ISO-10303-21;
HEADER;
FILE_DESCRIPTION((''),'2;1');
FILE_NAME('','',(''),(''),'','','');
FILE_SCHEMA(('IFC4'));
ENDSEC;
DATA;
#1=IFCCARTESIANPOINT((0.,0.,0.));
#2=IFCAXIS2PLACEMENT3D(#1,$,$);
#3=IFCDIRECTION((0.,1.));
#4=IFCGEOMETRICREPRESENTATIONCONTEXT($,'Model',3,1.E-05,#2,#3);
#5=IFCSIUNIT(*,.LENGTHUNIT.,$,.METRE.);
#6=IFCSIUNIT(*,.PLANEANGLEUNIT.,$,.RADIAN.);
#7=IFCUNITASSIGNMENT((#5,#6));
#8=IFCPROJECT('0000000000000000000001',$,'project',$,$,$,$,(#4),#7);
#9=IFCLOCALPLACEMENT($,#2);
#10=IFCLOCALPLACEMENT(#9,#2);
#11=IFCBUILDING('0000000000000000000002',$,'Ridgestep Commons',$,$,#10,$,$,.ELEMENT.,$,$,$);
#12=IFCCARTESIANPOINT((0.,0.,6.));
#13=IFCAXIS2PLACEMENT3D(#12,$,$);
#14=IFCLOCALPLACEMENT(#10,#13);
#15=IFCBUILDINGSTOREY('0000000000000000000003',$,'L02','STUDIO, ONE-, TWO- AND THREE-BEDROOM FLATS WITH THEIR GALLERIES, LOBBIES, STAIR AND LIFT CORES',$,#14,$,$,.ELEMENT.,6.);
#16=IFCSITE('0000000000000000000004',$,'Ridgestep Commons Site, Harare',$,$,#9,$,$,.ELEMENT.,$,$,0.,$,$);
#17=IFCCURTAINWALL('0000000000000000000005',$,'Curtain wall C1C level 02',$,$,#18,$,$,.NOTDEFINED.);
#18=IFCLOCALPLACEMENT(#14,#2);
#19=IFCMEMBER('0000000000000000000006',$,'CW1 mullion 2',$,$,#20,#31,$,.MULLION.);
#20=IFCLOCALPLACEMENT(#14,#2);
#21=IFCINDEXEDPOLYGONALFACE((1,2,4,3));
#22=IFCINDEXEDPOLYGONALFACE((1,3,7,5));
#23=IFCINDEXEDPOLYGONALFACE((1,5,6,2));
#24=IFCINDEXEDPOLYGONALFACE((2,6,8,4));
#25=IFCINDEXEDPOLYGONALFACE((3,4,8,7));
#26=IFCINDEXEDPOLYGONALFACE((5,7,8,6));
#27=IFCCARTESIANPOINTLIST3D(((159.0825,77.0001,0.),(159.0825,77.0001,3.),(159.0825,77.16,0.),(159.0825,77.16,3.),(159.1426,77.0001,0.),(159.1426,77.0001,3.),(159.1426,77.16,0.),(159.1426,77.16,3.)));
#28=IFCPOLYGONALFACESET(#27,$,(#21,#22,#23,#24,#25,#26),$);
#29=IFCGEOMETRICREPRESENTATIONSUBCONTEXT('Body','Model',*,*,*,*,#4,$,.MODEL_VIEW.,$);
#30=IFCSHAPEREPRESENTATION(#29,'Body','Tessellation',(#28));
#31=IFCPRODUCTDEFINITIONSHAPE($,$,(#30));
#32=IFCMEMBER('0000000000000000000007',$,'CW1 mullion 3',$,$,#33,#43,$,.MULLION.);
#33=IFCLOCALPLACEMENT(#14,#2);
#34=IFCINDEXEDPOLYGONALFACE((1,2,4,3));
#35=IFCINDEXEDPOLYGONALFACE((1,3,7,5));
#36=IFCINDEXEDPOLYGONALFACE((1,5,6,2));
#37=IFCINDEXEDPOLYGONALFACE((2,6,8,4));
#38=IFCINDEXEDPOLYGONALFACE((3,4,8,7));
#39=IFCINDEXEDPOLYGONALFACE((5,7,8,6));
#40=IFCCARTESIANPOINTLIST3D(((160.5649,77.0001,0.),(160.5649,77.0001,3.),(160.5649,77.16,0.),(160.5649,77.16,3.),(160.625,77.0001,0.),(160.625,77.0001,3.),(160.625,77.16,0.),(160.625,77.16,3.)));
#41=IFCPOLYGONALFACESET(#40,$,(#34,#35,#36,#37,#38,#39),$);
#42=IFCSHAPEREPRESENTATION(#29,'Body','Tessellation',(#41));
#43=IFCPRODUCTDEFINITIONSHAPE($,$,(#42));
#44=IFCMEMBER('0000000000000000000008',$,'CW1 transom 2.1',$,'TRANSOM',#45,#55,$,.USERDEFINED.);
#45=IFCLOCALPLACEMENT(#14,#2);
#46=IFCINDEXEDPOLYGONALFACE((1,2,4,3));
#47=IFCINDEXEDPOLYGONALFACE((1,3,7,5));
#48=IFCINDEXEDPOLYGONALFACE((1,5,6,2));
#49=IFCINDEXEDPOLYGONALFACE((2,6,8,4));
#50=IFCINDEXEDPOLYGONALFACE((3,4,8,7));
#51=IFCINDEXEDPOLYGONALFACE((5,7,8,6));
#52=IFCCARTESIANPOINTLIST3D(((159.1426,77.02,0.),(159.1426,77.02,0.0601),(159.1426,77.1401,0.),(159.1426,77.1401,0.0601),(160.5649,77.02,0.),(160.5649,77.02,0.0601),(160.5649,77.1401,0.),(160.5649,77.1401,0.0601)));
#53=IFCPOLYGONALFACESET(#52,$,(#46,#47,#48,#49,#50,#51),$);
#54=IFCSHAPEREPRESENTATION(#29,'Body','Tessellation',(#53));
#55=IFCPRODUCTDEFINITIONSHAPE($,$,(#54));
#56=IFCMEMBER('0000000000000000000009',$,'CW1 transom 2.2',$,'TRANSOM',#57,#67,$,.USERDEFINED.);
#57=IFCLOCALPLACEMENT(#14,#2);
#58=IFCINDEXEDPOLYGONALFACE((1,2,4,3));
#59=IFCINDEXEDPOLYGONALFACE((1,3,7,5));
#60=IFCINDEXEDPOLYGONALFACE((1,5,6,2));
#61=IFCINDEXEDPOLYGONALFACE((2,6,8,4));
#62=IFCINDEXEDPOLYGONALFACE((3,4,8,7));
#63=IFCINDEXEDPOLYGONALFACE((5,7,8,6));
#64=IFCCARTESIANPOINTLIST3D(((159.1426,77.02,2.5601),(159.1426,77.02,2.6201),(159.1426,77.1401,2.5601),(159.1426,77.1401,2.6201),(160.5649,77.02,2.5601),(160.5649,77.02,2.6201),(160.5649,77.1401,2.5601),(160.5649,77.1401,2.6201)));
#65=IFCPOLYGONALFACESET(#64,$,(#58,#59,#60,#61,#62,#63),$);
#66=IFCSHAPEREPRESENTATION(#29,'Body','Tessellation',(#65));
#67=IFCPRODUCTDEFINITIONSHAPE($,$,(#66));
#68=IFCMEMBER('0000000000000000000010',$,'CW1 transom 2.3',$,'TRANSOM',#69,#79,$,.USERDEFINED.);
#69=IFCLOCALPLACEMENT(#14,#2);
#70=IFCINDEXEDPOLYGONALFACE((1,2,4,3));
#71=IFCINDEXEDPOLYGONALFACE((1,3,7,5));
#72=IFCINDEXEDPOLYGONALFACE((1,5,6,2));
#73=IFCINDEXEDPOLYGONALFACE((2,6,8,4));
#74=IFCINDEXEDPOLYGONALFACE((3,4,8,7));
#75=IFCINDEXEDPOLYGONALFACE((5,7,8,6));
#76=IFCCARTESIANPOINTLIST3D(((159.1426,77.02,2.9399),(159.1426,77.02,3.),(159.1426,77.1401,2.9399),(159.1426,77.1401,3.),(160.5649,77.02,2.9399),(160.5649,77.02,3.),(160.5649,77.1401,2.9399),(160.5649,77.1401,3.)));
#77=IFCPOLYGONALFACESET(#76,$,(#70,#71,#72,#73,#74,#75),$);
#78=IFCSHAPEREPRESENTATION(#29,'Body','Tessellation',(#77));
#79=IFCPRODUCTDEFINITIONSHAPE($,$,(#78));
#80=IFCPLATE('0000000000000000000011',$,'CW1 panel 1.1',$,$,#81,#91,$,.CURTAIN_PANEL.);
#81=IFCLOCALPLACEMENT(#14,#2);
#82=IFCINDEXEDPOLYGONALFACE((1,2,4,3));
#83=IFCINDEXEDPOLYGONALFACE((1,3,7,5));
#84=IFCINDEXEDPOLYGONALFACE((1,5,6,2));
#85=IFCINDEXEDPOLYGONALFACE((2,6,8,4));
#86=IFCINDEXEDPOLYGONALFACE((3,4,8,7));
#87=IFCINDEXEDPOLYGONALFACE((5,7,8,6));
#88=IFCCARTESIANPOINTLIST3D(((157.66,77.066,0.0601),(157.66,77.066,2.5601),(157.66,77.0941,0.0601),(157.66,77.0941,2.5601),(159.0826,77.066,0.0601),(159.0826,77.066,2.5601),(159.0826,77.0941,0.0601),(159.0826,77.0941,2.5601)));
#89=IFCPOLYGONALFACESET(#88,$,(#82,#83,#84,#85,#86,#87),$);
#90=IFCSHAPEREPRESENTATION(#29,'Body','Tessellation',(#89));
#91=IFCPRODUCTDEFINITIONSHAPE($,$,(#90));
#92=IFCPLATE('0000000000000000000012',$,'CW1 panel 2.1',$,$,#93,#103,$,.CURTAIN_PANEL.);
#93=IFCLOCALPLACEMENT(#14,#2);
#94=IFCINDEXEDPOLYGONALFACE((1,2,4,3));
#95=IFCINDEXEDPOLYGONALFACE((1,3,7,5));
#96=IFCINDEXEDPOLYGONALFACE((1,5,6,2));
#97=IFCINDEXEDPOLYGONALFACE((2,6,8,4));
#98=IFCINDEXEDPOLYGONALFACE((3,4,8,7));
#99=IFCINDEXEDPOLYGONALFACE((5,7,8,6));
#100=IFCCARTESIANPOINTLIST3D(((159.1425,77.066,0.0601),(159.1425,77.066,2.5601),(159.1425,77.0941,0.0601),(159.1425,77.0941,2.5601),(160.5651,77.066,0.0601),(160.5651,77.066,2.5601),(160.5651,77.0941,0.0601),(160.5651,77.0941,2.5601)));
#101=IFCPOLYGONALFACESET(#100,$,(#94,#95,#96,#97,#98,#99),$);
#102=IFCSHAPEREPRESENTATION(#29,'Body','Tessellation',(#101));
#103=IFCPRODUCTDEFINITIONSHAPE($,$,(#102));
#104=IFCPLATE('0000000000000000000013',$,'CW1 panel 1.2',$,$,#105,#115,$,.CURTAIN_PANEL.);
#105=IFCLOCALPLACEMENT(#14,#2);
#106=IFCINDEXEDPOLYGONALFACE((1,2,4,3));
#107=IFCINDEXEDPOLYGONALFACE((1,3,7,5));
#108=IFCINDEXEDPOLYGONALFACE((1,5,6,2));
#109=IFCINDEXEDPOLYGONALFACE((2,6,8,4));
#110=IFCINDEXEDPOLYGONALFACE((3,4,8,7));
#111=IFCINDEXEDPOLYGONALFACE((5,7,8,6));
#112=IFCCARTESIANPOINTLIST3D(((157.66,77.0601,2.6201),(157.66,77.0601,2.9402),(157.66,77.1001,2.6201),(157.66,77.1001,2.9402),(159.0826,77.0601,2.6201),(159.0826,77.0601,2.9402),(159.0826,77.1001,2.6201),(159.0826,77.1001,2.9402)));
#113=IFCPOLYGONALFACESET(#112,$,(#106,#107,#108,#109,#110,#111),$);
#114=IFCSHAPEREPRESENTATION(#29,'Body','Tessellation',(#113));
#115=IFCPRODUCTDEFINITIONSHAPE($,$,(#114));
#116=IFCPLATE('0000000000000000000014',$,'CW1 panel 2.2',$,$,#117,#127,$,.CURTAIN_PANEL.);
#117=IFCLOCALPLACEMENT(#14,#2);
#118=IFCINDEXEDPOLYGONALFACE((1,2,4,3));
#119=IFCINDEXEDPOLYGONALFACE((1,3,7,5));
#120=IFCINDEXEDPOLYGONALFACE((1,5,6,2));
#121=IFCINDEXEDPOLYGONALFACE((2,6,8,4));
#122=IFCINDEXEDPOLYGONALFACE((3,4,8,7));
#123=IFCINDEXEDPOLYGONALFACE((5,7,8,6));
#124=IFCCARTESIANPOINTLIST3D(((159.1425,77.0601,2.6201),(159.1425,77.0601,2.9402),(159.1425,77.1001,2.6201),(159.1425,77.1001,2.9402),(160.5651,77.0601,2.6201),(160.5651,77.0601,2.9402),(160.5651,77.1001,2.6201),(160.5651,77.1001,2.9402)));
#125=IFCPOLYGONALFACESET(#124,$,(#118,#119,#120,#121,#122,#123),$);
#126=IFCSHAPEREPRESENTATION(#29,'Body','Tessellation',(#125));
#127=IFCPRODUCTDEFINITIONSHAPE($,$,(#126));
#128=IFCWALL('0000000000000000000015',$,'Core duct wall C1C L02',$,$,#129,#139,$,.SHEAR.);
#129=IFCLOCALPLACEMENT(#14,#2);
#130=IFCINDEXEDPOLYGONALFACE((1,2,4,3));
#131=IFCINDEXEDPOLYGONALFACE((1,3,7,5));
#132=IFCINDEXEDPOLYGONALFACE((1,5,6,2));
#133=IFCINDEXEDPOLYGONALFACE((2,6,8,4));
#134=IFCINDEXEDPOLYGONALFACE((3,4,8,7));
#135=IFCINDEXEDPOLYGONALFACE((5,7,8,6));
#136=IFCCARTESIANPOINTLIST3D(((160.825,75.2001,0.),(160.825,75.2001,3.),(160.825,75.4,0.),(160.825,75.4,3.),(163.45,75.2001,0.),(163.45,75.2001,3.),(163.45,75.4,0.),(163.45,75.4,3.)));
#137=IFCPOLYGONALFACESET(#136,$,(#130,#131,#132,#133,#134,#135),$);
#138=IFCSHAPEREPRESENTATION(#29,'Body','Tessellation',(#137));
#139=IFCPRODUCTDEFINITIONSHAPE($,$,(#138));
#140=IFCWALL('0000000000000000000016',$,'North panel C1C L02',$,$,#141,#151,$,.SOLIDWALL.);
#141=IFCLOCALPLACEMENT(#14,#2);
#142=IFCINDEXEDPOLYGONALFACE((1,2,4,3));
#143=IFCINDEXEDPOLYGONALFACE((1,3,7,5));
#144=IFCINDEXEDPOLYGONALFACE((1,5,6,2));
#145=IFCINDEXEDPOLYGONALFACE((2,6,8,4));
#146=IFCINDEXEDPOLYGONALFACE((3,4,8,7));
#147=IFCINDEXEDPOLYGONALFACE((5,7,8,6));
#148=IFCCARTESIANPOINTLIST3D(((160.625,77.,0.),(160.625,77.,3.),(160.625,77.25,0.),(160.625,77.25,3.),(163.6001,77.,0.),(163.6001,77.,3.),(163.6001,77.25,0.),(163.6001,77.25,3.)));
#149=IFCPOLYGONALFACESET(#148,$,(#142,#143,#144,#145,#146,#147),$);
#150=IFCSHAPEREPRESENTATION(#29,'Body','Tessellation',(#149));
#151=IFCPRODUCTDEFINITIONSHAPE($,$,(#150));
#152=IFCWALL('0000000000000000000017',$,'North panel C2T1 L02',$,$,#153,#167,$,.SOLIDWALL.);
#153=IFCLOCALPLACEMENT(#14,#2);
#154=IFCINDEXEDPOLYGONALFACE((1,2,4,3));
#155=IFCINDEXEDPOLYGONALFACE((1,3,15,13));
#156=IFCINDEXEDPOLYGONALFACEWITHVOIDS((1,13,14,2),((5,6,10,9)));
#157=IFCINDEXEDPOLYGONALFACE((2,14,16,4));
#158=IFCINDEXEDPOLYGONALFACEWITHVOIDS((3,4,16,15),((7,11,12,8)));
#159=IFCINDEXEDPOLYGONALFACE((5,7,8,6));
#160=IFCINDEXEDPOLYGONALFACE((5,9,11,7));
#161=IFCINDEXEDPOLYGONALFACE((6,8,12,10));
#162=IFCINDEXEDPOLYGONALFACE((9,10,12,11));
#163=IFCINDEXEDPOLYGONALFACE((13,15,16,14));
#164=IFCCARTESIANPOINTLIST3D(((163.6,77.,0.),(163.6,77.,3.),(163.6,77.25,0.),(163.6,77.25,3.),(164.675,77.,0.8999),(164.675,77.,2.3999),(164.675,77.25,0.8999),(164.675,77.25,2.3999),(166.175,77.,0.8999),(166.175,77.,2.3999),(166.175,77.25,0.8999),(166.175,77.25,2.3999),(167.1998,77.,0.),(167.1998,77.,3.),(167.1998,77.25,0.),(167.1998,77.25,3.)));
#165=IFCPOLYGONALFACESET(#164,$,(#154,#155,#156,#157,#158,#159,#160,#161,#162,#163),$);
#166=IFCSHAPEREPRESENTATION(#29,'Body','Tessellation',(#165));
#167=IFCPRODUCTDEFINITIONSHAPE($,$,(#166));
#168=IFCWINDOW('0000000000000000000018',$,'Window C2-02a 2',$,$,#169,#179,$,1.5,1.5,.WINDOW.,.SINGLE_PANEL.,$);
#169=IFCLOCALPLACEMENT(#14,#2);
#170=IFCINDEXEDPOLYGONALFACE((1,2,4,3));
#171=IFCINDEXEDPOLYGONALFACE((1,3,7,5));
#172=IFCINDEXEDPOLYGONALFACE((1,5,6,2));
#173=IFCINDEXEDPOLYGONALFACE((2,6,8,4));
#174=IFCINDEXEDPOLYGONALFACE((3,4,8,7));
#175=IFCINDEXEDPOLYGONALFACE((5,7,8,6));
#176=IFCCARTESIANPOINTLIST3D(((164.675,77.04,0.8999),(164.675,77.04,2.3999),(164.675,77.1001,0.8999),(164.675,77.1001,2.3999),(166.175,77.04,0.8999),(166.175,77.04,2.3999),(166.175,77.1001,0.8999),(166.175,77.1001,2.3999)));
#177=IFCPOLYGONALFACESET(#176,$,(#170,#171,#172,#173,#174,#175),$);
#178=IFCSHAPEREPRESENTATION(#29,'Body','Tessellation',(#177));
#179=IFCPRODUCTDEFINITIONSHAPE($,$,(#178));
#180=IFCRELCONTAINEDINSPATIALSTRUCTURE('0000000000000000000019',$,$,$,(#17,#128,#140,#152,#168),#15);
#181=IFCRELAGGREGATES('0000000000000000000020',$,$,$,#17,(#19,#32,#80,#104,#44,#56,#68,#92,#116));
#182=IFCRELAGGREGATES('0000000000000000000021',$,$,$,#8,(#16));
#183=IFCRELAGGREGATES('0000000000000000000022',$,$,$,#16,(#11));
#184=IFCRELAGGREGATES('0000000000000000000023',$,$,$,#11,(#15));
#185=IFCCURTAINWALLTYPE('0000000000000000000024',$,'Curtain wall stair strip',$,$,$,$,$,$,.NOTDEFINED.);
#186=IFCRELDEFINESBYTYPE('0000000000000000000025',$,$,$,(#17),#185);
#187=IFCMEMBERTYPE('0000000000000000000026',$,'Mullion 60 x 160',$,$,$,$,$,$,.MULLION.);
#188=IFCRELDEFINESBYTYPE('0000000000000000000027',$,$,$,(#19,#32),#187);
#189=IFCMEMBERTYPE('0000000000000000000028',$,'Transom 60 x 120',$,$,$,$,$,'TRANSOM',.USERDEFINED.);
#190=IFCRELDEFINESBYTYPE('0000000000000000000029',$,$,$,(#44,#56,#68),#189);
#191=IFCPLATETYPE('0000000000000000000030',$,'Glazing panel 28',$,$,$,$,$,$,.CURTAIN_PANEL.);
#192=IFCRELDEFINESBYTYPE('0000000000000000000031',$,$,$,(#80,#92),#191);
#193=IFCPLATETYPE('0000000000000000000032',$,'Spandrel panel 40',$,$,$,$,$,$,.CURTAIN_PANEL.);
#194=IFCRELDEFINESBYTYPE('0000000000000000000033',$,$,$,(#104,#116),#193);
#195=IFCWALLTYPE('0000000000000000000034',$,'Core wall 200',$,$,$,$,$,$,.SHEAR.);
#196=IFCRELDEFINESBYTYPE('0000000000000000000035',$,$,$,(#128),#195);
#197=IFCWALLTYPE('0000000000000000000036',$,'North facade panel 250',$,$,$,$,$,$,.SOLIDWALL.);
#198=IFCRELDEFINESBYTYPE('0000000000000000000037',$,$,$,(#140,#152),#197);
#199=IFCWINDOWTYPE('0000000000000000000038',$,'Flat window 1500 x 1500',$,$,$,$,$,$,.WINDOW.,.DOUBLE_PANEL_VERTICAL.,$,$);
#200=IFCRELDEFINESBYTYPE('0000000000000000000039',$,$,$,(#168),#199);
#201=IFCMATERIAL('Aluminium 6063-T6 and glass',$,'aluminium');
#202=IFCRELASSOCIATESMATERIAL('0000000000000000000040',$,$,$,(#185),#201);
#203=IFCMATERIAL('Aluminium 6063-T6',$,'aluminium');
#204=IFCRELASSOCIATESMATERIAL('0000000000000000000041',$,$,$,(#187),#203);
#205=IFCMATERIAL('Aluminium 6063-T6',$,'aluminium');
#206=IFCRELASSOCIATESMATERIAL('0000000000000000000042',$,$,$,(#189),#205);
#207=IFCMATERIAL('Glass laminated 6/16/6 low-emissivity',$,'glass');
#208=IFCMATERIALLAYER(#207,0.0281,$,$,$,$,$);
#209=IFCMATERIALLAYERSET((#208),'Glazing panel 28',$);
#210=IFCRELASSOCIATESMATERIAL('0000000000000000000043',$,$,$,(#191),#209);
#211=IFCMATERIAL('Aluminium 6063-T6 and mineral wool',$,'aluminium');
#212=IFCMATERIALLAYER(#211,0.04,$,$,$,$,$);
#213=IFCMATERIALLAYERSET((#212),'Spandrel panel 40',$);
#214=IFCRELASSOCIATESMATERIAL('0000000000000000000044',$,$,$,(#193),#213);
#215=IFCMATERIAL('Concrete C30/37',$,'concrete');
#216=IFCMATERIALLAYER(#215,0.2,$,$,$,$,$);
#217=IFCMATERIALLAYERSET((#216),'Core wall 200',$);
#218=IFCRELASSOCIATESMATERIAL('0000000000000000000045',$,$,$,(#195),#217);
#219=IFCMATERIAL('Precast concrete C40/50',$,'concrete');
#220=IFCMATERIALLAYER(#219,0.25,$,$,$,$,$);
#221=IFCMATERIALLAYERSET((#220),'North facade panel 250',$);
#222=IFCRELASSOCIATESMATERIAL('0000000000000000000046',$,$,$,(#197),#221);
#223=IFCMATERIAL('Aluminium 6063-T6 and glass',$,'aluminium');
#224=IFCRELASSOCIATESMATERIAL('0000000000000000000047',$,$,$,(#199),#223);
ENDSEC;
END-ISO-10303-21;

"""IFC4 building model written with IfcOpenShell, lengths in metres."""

from ifc_helpers import new_model, si_unit, direction, frame, frame_2d, origin, origin_2d, place, context, subcontext, project, spatial, rectangle, extrude, material, layer, layer_set, material_profile, profile_set, type_object, element, fill, aggregate, save


model = new_model("IFC4")

# Units and contexts
model_context = context("Model", 3, precision=1e-05, world=origin(), true_north=direction((0.0, 1.0)))
body_context = subcontext(model_context, "Body", "Model", "MODEL_VIEW")
ifc_project = project(units=[si_unit("LENGTHUNIT", "METRE"), si_unit("PLANEANGLEUNIT", "RADIAN")], contexts=[model_context])

# Site, building, storey
site_placement = place(None, origin())
site = spatial("IfcSite", under=ifc_project, at=site_placement, Name="Ridgestep Commons Site, Harare", CompositionType="ELEMENT", RefElevation=0.0)
building_placement = place(site_placement, origin())
building = spatial("IfcBuilding", under=site, at=building_placement, Name="Ridgestep Commons", CompositionType="ELEMENT")
storey_placement = place(building_placement, frame((0.0, 0.0, 6.0)))
storey = spatial("IfcBuildingStorey", under=building, at=storey_placement, Name="L02", Description="STUDIO, ONE-, TWO- AND THREE-BEDROOM FLATS WITH THEIR GALLERIES, LOBBIES, STAIR AND LIFT CORES", CompositionType="ELEMENT", Elevation=6.0)

# Curtain wall, members, plates
ifc_material_1 = material(Name="Aluminium 6063-T6 and glass", Category="aluminium")
curtain_wall_type = type_object("IfcCurtainWallType", Name="Curtain wall stair strip", PredefinedType="NOTDEFINED", material=ifc_material_1)
curtain_wall_placement = place(storey_placement, origin())
curtain_wall = element("IfcCurtainWall", 1, at=curtain_wall_placement, inside=storey, type_object=curtain_wall_type, Name="Curtain wall C1C level 02", PredefinedType="NOTDEFINED")
ifc_material_2 = material(Name="Aluminium 6063-T6", Category="aluminium")
ifc_material_profile_1 = material_profile(ifc_material_2, rectangle(XDim=0.1599, YDim=0.0601, at=origin_2d()), Name="Mullion 60 x 160")
ifc_profile_set_1 = profile_set([ifc_material_profile_1], Name="Aluminium 6063-T6")
member_type_1 = type_object("IfcMemberType", Name="Mullion 60 x 160", PredefinedType="MULLION", material=ifc_profile_set_1)
member_1_placement = place(storey_placement, frame((159.1125, 77.0801, 0.0), z_axis=(0.0, 0.0, 1.0), x_axis=(0.0, 1.0, 0.0)))
member_1 = element("IfcMember", 2, at=member_1_placement, type_object=member_type_1, Name="CW1 mullion 2", PredefinedType="MULLION", context=body_context, shape_type="SweptSolid", body=[
    extrude(rectangle(XDim=0.1599, YDim=0.0601, at=origin_2d()), origin(), (0.0, 0.0, 1.0), 3.0),
])
member_2_placement = place(storey_placement, frame((160.595, 77.0801, 0.0), z_axis=(0.0, 0.0, 1.0), x_axis=(0.0, 1.0, 0.0)))
member_2 = element("IfcMember", 3, at=member_2_placement, type_object=member_type_1, Name="CW1 mullion 3", PredefinedType="MULLION", context=body_context, shape_type="SweptSolid", body=[
    extrude(rectangle(XDim=0.1599, YDim=0.0601, at=origin_2d()), origin(), (0.0, 0.0, 1.0), 3.0),
])
ifc_material_3 = material(Name="Aluminium 6063-T6", Category="aluminium")
ifc_material_profile_2 = material_profile(ifc_material_3, rectangle(XDim=0.1201, YDim=0.0601, at=origin_2d()), Name="Transom 60 x 120")
ifc_profile_set_2 = profile_set([ifc_material_profile_2], Name="Aluminium 6063-T6")
member_type_2 = type_object("IfcMemberType", Name="Transom 60 x 120", ElementType="TRANSOM", PredefinedType="USERDEFINED", material=ifc_profile_set_2)
member_3_placement = place(storey_placement, frame((159.1426, 77.0801, 0.03), z_axis=(1.0, 0.0, 0.0), x_axis=(0.0, 1.0, 0.0)))
member_3 = element("IfcMember", 4, at=member_3_placement, type_object=member_type_2, Name="CW1 transom 2.1", ObjectType="TRANSOM", PredefinedType="USERDEFINED", context=body_context, shape_type="SweptSolid", body=[
    extrude(rectangle(XDim=0.1201, YDim=0.0601, at=origin_2d()), origin(), (0.0, 0.0, 1.0), 1.4224),
])
member_4_placement = place(storey_placement, frame((159.1426, 77.0801, 2.5901), z_axis=(1.0, 0.0, 0.0), x_axis=(0.0, 1.0, 0.0)))
member_4 = element("IfcMember", 5, at=member_4_placement, type_object=member_type_2, Name="CW1 transom 2.2", ObjectType="TRANSOM", PredefinedType="USERDEFINED", context=body_context, shape_type="SweptSolid", body=[
    extrude(rectangle(XDim=0.1201, YDim=0.0601, at=origin_2d()), origin(), (0.0, 0.0, 1.0), 1.4224),
])
member_5_placement = place(storey_placement, frame((159.1426, 77.0801, 2.97), z_axis=(1.0, 0.0, 0.0), x_axis=(0.0, 1.0, 0.0)))
member_5 = element("IfcMember", 6, at=member_5_placement, type_object=member_type_2, Name="CW1 transom 2.3", ObjectType="TRANSOM", PredefinedType="USERDEFINED", context=body_context, shape_type="SweptSolid", body=[
    extrude(rectangle(XDim=0.1201, YDim=0.0601, at=origin_2d()), origin(), (0.0, 0.0, 1.0), 1.4224),
])
ifc_material_4 = material(Name="Glass laminated 6/16/6 low-emissivity", Category="glass")
ifc_layer_1 = layer(ifc_material_4, 0.0281)
ifc_layer_set_1 = layer_set([ifc_layer_1], Name="Glazing panel 28")
plate_type_1 = type_object("IfcPlateType", Name="Glazing panel 28", PredefinedType="CURTAIN_PANEL", material=ifc_layer_set_1)
plate_1_placement = place(storey_placement, frame((158.3713, 77.0801, 0.0601), z_axis=(0.0, 0.0, 1.0), x_axis=(1.0, 0.0, 0.0)))
plate_1 = element("IfcPlate", 7, at=plate_1_placement, type_object=plate_type_1, Name="CW1 panel 1.1", PredefinedType="CURTAIN_PANEL", context=body_context, shape_type="SweptSolid", body=[
    extrude(rectangle(XDim=1.4226, YDim=0.0281, at=origin_2d()), origin(), (0.0, 0.0, 1.0), 2.5),
])
plate_2_placement = place(storey_placement, frame((159.8538, 77.0801, 0.0601), z_axis=(0.0, 0.0, 1.0), x_axis=(1.0, 0.0, 0.0)))
plate_2 = element("IfcPlate", 8, at=plate_2_placement, type_object=plate_type_1, Name="CW1 panel 2.1", PredefinedType="CURTAIN_PANEL", context=body_context, shape_type="SweptSolid", body=[
    extrude(rectangle(XDim=1.4226, YDim=0.0281, at=origin_2d()), origin(), (0.0, 0.0, 1.0), 2.5),
])
ifc_material_5 = material(Name="Aluminium 6063-T6 and mineral wool", Category="aluminium")
ifc_layer_2 = layer(ifc_material_5, 0.04)
ifc_layer_set_2 = layer_set([ifc_layer_2], Name="Spandrel panel 40")
plate_type_2 = type_object("IfcPlateType", Name="Spandrel panel 40", PredefinedType="CURTAIN_PANEL", material=ifc_layer_set_2)
plate_3_placement = place(storey_placement, frame((158.3713, 77.0801, 2.6201), z_axis=(0.0, 0.0, 1.0), x_axis=(1.0, 0.0, 0.0)))
plate_3 = element("IfcPlate", 9, at=plate_3_placement, type_object=plate_type_2, Name="CW1 panel 1.2", PredefinedType="CURTAIN_PANEL", context=body_context, shape_type="SweptSolid", body=[
    extrude(rectangle(XDim=1.4226, YDim=0.04, at=origin_2d()), origin(), (0.0, 0.0, 1.0), 0.3201),
])
plate_4_placement = place(storey_placement, frame((159.8538, 77.0801, 2.6201), z_axis=(0.0, 0.0, 1.0), x_axis=(1.0, 0.0, 0.0)))
plate_4 = element("IfcPlate", 10, at=plate_4_placement, type_object=plate_type_2, Name="CW1 panel 2.2", PredefinedType="CURTAIN_PANEL", context=body_context, shape_type="SweptSolid", body=[
    extrude(rectangle(XDim=1.4226, YDim=0.04, at=origin_2d()), origin(), (0.0, 0.0, 1.0), 0.3201),
])
aggregate(curtain_wall, [member_1, member_2, plate_1, plate_3, member_3, member_4, member_5, plate_2, plate_4])

# Walls
ifc_material_6 = material(Name="Concrete C30/37", Category="concrete")
ifc_layer_3 = layer(ifc_material_6, 0.2)
ifc_layer_set_3 = layer_set([ifc_layer_3], Name="Core wall 200")
wall_type_1 = type_object("IfcWallType", Name="Core wall 200", PredefinedType="SHEAR", material=ifc_layer_set_3)
wall_1_placement = place(storey_placement, frame((160.825, 75.3, 0.0), z_axis=(0.0, 0.0, 1.0), x_axis=(1.0, 0.0, 0.0)))
element("IfcWall", 11, at=wall_1_placement, inside=storey, type_object=wall_type_1, Name="Core duct wall C1C L02", PredefinedType="SHEAR", context=body_context, shape_type="SweptSolid", body=[
    extrude(rectangle(XDim=2.625, YDim=0.2, at=frame_2d((1.3125, 0.0))), origin(), (0.0, 0.0, 1.0), 3.0),
])
ifc_material_7 = material(Name="Precast concrete C40/50", Category="concrete")
ifc_layer_4 = layer(ifc_material_7, 0.25)
ifc_layer_set_4 = layer_set([ifc_layer_4], Name="North facade panel 250")
wall_type_2 = type_object("IfcWallType", Name="North facade panel 250", PredefinedType="SOLIDWALL", material=ifc_layer_set_4)
wall_2_placement = place(storey_placement, frame((160.625, 77.125, 0.0), z_axis=(0.0, 0.0, 1.0), x_axis=(1.0, 0.0, 0.0)))
element("IfcWall", 12, at=wall_2_placement, inside=storey, type_object=wall_type_2, Name="North panel C1C L02", PredefinedType="SOLIDWALL", context=body_context, shape_type="SweptSolid", body=[
    extrude(rectangle(XDim=2.9751, YDim=0.25, at=frame_2d((1.4875, 0.0))), origin(), (0.0, 0.0, 1.0), 3.0),
])

# Wall, opening, window
wall_3_placement = place(storey_placement, frame((163.6001, 77.125, 0.0), z_axis=(0.0, 0.0, 1.0), x_axis=(1.0, 0.0, 0.0)))
wall_3 = element("IfcWall", 13, at=wall_3_placement, inside=storey, type_object=wall_type_2, Name="North panel C2T1 L02", PredefinedType="SOLIDWALL", context=body_context, shape_type="SweptSolid", body=[
    extrude(rectangle(XDim=3.5999, YDim=0.25, at=frame_2d((1.7998, 0.0))), origin(), (0.0, 0.0, 1.0), 3.0),
])
opening_1_placement = place(wall_3_placement, frame((1.075, 0.0, 0.8999)))
opening_1 = element("IfcOpeningElement", 14, at=opening_1_placement, cuts=wall_3, PredefinedType="OPENING", context=body_context, shape_type="SweptSolid", body=[
    extrude(rectangle(XDim=1.5, YDim=1.5, at=frame_2d((0.75, 0.75))), frame((0.0, 0.135, 0.0), z_axis=(0.0, -1.0, 0.0), x_axis=(1.0, 0.0, 0.0)), (0.0, 0.0, 1.0), 0.27),
])
ifc_material_8 = material(Name="Aluminium 6063-T6 and glass", Category="aluminium")
window_type = type_object("IfcWindowType", Name="Flat window 1500 x 1500", PartitioningType="DOUBLE_PANEL_VERTICAL", PredefinedType="WINDOW", material=ifc_material_8)
window_1_placement = place(opening_1_placement, origin())
window_1 = element("IfcWindow", 15, at=window_1_placement, inside=storey, type_object=window_type, Name="Window C2-02a 2", OverallHeight=1.5, OverallWidth=1.5, PartitioningType="SINGLE_PANEL", PredefinedType="WINDOW", context=body_context, shape_type="SweptSolid", body=[
    extrude(rectangle(XDim=1.5, YDim=1.5, at=frame_2d((0.75, 0.75))), frame((0.0, -0.0249, 0.0), z_axis=(0.0, -1.0, 0.0), x_axis=(1.0, 0.0, 0.0)), (0.0, 0.0, 1.0), 0.0601),
])
fill(opening_1, window_1)

save(model, "model.ifc")
